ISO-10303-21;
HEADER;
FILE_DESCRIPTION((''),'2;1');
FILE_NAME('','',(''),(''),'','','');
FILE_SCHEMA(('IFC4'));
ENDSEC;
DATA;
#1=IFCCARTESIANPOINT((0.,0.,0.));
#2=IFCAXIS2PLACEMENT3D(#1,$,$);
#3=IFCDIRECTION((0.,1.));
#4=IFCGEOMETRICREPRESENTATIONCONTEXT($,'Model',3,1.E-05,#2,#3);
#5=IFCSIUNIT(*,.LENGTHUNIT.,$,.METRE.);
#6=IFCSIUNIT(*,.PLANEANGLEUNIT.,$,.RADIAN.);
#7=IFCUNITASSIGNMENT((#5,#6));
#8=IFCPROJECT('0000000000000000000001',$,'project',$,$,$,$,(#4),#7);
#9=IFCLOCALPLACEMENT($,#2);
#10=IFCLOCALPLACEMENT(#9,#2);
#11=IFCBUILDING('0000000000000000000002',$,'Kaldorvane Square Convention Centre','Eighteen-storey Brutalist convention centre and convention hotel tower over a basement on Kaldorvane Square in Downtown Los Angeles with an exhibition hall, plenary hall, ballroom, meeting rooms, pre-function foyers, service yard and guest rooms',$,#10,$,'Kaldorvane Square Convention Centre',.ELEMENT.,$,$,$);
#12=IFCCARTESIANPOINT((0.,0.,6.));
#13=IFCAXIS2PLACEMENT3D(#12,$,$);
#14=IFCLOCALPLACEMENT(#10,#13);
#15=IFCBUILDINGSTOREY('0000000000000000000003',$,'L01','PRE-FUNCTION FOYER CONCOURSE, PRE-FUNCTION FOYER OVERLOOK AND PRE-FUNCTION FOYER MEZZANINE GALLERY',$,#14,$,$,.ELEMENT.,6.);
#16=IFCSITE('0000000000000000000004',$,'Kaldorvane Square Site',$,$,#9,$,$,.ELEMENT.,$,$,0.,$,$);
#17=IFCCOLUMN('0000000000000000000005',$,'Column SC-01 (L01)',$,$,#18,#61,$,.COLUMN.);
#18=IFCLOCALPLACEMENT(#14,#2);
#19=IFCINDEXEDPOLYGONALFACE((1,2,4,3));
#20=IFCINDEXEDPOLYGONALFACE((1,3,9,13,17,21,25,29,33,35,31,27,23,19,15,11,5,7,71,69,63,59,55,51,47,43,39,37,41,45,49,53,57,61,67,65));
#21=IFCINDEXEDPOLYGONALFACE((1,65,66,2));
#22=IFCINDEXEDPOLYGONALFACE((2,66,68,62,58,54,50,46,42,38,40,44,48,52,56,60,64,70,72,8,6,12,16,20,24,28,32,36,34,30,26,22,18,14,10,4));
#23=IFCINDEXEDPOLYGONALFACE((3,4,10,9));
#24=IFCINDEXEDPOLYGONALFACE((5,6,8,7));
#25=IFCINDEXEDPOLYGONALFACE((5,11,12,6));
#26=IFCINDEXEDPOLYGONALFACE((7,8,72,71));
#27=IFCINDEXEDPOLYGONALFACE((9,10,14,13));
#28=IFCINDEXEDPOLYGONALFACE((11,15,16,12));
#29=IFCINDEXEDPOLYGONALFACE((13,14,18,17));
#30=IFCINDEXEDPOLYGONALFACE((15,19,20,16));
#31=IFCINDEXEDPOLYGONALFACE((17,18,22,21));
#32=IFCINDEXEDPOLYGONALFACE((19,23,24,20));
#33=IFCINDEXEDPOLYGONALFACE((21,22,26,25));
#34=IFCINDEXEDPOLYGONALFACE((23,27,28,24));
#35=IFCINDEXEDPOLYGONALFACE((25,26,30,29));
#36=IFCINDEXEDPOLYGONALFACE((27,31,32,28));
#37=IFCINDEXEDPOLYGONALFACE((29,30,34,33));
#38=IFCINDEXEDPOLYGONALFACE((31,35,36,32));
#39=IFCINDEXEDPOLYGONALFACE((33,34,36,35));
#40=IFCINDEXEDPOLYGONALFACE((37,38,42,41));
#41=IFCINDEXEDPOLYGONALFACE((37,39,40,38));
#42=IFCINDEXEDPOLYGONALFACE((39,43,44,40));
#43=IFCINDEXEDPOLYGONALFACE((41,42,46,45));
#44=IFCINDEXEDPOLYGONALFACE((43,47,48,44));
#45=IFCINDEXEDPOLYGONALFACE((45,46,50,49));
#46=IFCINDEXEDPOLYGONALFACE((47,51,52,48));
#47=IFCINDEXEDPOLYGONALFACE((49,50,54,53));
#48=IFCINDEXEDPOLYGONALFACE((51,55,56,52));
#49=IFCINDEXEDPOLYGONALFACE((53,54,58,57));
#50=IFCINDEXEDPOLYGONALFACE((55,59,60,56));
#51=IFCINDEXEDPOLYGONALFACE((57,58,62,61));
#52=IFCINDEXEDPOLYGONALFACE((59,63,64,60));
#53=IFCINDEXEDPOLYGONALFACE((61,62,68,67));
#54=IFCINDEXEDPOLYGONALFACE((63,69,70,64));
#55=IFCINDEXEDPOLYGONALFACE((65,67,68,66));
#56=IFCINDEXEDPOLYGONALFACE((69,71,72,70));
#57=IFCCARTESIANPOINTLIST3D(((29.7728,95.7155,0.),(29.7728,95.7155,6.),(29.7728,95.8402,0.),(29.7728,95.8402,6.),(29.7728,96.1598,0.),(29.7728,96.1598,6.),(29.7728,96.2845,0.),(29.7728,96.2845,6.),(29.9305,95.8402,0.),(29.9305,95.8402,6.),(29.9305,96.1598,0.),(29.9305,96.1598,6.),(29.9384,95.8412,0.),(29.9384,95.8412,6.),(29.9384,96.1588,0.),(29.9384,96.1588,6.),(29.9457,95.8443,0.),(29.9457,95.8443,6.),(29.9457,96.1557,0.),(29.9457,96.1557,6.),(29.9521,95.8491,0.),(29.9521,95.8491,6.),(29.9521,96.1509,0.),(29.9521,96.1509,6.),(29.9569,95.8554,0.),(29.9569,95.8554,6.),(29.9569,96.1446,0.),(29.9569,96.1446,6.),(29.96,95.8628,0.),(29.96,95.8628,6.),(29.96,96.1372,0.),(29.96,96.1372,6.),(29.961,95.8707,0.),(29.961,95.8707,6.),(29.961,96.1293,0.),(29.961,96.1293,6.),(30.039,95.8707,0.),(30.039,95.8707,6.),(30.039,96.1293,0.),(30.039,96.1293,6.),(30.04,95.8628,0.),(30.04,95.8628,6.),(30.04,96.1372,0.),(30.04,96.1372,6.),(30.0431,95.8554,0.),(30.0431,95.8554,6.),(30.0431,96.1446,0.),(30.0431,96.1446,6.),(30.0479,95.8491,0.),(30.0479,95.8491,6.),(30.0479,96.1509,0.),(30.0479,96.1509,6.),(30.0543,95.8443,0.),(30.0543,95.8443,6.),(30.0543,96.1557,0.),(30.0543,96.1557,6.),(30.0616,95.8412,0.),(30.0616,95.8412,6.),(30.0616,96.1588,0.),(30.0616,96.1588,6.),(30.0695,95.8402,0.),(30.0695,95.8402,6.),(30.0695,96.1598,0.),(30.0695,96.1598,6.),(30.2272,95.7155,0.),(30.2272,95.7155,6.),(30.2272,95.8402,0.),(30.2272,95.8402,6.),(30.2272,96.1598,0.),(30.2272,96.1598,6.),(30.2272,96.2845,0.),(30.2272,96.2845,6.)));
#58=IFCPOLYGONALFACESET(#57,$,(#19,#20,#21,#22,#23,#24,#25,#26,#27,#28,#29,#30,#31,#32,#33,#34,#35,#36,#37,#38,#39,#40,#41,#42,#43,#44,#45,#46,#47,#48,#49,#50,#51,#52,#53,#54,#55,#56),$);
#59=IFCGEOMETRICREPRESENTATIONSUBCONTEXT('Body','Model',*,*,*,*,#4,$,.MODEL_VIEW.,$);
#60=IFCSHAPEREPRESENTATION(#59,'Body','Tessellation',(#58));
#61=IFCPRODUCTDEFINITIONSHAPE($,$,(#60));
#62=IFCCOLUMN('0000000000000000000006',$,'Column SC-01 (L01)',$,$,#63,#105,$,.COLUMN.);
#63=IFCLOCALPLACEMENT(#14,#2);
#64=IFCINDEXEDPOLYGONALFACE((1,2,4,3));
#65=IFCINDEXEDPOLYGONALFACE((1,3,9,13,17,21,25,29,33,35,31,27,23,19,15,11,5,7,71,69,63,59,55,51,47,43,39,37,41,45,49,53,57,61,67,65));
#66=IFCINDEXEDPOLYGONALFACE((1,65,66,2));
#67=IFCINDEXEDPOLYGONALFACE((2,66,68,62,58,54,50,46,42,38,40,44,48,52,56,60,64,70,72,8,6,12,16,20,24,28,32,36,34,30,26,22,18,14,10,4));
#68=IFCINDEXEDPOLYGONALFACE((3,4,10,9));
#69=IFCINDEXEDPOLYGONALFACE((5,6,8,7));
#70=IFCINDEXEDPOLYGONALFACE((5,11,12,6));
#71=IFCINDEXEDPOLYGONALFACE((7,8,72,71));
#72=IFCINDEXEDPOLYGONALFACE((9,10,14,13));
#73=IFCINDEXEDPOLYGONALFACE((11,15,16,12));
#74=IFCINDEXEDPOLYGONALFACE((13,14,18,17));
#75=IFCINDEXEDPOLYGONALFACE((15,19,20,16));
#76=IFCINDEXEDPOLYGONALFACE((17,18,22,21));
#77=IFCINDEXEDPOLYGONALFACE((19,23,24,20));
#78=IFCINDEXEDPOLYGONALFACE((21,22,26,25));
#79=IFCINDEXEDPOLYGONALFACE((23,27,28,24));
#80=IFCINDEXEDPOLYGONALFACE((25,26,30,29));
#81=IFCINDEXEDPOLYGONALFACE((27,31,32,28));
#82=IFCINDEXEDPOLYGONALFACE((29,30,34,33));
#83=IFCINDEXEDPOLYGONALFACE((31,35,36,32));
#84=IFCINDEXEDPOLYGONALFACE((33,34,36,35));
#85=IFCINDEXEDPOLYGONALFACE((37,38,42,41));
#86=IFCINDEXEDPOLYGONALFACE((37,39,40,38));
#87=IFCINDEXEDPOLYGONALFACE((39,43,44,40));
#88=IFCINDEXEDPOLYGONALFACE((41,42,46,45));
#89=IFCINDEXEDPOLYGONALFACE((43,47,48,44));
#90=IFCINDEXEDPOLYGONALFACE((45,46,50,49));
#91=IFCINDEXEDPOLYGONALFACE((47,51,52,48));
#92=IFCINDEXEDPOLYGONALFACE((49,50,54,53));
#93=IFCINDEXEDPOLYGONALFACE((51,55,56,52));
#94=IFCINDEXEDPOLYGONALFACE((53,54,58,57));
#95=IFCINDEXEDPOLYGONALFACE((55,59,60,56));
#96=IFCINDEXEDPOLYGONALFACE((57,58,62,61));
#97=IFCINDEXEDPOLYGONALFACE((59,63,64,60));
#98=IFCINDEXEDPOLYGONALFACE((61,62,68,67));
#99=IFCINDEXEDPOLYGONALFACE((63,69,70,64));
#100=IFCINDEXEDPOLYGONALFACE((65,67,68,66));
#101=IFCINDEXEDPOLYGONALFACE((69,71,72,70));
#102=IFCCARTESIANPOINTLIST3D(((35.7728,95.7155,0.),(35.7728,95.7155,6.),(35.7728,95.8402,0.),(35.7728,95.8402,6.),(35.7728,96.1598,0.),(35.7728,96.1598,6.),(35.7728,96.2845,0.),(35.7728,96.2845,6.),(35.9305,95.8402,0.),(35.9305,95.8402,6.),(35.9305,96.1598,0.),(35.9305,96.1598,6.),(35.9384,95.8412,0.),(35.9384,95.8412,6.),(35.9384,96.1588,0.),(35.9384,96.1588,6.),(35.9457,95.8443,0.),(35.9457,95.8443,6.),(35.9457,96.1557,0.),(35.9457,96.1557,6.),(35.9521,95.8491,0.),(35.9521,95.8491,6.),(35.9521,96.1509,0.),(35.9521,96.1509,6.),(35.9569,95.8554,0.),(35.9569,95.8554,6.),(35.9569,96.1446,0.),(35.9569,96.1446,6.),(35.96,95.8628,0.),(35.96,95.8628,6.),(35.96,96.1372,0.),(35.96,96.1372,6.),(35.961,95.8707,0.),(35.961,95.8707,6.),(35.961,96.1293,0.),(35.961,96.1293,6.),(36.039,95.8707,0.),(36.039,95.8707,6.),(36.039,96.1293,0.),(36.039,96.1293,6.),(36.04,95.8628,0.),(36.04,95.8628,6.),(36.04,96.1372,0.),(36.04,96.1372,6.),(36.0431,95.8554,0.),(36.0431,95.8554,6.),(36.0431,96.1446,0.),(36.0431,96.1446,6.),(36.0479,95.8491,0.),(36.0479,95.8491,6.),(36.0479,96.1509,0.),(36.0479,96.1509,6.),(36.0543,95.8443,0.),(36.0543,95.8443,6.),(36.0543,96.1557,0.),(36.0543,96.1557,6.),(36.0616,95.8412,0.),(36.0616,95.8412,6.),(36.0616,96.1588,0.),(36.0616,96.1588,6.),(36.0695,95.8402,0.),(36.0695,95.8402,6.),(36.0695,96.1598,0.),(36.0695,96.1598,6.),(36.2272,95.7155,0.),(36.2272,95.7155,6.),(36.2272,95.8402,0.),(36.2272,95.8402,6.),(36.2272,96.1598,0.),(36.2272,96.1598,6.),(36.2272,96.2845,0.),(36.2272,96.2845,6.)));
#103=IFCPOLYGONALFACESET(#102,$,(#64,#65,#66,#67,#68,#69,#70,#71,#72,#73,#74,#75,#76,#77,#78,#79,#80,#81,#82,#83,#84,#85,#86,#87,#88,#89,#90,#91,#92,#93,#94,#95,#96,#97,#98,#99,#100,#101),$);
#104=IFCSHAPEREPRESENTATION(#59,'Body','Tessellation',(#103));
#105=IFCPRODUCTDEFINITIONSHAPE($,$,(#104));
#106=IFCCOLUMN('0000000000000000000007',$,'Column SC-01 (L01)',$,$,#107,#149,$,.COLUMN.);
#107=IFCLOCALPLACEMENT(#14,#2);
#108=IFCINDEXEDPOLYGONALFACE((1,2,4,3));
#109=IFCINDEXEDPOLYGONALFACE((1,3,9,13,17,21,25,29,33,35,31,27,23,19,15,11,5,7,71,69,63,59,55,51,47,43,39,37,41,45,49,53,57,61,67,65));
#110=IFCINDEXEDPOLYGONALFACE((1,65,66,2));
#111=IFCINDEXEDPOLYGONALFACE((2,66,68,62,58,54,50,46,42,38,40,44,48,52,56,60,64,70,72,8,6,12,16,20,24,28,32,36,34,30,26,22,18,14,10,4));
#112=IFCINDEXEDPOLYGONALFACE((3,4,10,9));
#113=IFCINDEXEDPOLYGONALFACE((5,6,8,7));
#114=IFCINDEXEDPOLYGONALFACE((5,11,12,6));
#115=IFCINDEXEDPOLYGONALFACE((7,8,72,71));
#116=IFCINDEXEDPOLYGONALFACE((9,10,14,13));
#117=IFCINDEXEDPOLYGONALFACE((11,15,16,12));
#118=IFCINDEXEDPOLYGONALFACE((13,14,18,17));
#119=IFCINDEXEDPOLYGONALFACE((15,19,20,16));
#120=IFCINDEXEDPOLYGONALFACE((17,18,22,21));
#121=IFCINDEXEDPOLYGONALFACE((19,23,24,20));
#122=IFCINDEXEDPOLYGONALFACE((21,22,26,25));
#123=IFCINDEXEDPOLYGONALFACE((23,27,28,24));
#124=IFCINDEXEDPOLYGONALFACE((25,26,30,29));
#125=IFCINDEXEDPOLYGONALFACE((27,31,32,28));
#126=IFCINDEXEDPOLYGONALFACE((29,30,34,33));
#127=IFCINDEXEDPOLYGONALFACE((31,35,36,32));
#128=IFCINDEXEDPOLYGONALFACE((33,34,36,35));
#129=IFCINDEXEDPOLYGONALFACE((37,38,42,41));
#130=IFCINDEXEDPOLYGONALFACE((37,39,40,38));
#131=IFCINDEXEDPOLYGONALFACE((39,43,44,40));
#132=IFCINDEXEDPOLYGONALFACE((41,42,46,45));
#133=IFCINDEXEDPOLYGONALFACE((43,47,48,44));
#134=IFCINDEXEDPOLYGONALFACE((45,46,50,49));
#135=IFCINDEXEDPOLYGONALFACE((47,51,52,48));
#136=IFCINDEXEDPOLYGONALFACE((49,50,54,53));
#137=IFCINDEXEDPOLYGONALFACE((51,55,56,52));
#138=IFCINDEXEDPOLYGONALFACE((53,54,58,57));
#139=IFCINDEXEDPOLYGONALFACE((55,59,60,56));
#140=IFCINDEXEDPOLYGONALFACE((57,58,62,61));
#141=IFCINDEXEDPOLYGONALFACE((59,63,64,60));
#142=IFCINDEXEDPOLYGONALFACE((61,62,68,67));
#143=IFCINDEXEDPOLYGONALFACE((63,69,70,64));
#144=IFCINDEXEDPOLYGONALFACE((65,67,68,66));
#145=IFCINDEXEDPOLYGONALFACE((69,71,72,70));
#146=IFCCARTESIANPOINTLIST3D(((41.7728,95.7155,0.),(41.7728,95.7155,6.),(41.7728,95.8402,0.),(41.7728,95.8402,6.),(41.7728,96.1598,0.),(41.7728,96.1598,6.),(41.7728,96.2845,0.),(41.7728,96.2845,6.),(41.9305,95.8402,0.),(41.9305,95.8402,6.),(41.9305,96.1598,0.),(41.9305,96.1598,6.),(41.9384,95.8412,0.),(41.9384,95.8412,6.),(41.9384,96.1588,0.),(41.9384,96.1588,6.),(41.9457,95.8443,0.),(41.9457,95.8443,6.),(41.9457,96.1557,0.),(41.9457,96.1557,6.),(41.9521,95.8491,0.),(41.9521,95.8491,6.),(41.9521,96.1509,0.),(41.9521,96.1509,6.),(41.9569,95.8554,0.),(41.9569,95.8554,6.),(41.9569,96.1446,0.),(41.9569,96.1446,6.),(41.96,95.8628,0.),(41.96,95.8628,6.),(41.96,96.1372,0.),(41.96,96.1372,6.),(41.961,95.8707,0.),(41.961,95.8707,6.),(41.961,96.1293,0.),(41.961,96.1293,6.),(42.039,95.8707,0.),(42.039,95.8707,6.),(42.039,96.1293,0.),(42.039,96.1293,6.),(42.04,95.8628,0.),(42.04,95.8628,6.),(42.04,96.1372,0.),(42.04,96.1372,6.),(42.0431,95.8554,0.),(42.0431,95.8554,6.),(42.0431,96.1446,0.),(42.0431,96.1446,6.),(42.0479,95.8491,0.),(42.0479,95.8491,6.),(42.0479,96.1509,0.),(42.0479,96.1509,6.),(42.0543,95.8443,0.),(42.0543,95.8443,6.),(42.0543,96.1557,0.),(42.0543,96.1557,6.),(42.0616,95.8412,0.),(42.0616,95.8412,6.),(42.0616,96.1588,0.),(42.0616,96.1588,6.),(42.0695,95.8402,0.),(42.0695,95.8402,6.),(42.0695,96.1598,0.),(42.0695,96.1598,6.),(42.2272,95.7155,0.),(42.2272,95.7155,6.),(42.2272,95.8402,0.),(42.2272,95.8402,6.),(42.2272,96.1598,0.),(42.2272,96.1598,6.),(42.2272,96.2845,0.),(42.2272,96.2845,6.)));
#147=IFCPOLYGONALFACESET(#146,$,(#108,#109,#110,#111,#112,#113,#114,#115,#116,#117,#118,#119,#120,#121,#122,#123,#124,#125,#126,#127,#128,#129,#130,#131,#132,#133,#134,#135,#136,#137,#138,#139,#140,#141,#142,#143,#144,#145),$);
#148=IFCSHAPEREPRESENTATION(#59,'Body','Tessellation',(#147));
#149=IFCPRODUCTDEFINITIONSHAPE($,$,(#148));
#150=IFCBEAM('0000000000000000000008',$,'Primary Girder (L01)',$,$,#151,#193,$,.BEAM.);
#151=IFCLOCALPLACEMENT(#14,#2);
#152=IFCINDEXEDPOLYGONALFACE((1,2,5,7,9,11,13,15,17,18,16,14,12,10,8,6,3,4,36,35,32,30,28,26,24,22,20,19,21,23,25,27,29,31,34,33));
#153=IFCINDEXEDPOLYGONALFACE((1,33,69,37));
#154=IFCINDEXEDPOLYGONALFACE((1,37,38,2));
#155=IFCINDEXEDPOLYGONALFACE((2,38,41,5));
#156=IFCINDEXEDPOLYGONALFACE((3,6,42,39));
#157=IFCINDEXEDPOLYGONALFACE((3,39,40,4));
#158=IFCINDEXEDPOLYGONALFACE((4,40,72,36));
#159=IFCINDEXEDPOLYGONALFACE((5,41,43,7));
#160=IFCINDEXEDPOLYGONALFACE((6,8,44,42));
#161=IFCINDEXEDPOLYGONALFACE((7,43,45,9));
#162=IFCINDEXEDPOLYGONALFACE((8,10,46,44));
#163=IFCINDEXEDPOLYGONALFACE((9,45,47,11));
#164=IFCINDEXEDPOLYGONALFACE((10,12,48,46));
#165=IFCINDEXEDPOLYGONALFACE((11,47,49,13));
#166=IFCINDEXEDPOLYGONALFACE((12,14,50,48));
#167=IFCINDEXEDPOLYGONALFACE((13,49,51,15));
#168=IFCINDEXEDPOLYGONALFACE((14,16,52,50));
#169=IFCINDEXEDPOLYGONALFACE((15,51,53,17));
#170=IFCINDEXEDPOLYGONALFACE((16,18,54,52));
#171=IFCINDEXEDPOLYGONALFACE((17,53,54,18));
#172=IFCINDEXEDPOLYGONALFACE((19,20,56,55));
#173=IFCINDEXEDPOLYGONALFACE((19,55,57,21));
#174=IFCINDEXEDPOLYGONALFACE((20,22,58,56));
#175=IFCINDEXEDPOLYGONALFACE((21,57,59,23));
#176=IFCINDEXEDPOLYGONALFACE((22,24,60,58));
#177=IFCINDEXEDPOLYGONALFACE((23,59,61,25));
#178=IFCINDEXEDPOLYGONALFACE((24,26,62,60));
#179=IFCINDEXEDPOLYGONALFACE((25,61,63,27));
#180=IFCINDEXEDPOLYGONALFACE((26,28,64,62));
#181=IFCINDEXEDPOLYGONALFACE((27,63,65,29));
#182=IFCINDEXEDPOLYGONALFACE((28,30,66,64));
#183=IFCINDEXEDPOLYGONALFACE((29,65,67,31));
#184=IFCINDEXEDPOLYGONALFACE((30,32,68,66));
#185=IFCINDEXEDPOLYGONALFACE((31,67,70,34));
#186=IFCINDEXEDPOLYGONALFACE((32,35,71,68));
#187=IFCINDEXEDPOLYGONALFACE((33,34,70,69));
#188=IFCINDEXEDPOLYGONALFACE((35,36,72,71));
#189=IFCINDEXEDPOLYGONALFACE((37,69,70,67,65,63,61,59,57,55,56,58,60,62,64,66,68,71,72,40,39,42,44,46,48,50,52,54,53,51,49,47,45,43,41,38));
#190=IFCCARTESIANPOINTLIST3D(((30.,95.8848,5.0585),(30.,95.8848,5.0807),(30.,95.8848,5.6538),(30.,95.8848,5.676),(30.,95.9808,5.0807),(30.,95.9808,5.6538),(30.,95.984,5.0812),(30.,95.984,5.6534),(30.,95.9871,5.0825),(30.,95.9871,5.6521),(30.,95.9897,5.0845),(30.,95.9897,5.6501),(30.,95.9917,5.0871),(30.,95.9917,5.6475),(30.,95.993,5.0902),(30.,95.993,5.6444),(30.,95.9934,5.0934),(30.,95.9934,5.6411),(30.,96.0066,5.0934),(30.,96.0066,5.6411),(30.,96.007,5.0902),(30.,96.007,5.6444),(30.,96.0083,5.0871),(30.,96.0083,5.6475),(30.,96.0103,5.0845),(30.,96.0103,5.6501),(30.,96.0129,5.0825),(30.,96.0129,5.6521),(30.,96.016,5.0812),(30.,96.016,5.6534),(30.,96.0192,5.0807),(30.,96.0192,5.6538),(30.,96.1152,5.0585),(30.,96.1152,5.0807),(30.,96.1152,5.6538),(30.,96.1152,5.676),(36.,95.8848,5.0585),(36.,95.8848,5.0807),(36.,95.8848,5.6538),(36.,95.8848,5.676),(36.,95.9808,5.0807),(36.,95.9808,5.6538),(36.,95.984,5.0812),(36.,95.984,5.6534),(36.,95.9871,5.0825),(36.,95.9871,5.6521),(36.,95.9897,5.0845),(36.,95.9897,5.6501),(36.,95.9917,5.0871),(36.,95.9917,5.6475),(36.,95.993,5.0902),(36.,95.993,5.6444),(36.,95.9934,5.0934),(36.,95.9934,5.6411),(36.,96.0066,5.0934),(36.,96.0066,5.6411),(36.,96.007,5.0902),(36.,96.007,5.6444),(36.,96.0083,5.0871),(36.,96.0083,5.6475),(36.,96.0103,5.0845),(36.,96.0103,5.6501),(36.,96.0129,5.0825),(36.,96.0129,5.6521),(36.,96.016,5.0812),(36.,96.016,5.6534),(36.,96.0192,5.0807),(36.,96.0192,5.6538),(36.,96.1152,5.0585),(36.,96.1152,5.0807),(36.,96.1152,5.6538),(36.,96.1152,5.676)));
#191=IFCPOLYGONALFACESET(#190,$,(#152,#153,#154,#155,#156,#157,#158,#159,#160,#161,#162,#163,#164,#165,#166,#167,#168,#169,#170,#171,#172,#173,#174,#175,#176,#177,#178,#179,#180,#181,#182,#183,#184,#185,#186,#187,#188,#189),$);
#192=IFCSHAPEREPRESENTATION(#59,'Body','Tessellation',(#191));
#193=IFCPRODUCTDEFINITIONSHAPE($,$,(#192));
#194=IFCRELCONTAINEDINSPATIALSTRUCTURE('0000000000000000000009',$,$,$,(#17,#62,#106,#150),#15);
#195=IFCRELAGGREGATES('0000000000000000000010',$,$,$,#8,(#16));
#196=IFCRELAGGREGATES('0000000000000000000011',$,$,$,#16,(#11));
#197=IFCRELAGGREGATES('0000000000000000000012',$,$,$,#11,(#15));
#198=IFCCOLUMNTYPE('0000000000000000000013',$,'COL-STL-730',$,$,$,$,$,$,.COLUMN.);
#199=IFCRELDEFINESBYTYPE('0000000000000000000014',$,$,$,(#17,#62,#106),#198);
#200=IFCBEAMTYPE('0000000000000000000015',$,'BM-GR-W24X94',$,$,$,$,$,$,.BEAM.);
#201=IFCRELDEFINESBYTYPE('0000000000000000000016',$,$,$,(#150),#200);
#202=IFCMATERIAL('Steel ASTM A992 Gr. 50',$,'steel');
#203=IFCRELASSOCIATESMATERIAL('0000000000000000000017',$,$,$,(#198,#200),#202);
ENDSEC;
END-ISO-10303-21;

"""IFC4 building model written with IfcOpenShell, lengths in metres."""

from ifc_helpers import new_model, si_unit, direction, frame, origin, origin_2d, place, context, subcontext, project, spatial, i_section, extrude, material, material_profile, profile_set, type_object, element, save


model = new_model("IFC4")

# Units and contexts
model_context = context("Model", 3, precision=1e-05, world=origin(), true_north=direction((0.0, 1.0)))
body_context = subcontext(model_context, "Body", "Model", "MODEL_VIEW")
ifc_project = project(units=[si_unit("LENGTHUNIT", "METRE"), si_unit("PLANEANGLEUNIT", "RADIAN")], contexts=[model_context])

# Site, building, storey
site_placement = place(None, origin())
site = spatial("IfcSite", under=ifc_project, at=site_placement, Name="Kaldorvane Square Site", CompositionType="ELEMENT", RefElevation=0.0)
building_placement = place(site_placement, origin())
building = spatial("IfcBuilding", under=site, at=building_placement, Name="Kaldorvane Square Convention Centre", Description="Eighteen-storey Brutalist convention centre and convention hotel tower over a basement on Kaldorvane Square in Downtown Los Angeles with an exhibition hall, plenary hall, ballroom, meeting rooms, pre-function foyers, service yard and guest rooms", LongName="Kaldorvane Square Convention Centre", CompositionType="ELEMENT")
storey_placement = place(building_placement, frame((0.0, 0.0, 6.0)))
storey = spatial("IfcBuildingStorey", under=building, at=storey_placement, Name="L01", Description="PRE-FUNCTION FOYER CONCOURSE, PRE-FUNCTION FOYER OVERLOOK AND PRE-FUNCTION FOYER MEZZANINE GALLERY", CompositionType="ELEMENT", Elevation=6.0)

# Columns
ifc_material_1 = material(Name="Steel ASTM A992 Gr. 50", Category="steel")
ifc_material_profile_1 = material_profile(ifc_material_1, i_section(OverallWidth=0.4544, OverallDepth=0.569, WebThickness=0.078, FlangeThickness=0.1247, FilletRadius=0.0305, at=origin_2d()), Name="W14X730")
ifc_profile_set_1 = profile_set([ifc_material_profile_1], Name="Steel ASTM A992 Gr. 50")
column_type = type_object("IfcColumnType", Name="COL-STL-730", PredefinedType="COLUMN", material=ifc_profile_set_1)
for number, where, z_axis, x_axis, name in (
    (1, (30.0, 96.0, 0.0), (0.0, 0.0, 1.0), (1.0, 0.0, 0.0), "Column SC-01 (L01)"),
    (2, (36.0, 96.0, 0.0), (0.0, 0.0, 1.0), (1.0, 0.0, 0.0), "Column SC-01 (L01)"),
    (3, (42.0, 96.0, 0.0), (0.0, 0.0, 1.0), (1.0, 0.0, 0.0), "Column SC-01 (L01)"),
):
    element("IfcColumn", number, at=place(storey_placement, frame(where, z_axis=z_axis, x_axis=x_axis)), inside=storey, type_object=column_type, Name=name, PredefinedType="COLUMN", context=body_context, shape_type="SweptSolid", body=[
        extrude(i_section(OverallWidth=0.4544, OverallDepth=0.569, WebThickness=0.078, FlangeThickness=0.1247, FilletRadius=0.0305, at=origin_2d()), origin(), (0.0, 0.0, 1.0), 6.0),
    ])

# Beam
ifc_material_profile_2 = material_profile(ifc_material_1, i_section(OverallWidth=0.2303, OverallDepth=0.6175, WebThickness=0.0131, FlangeThickness=0.0222, FilletRadius=0.0127, at=origin_2d()), Name="W24X94")
ifc_profile_set_2 = profile_set([ifc_material_profile_2], Name="Steel ASTM A992 Gr. 50")
beam_type_1 = type_object("IfcBeamType", Name="BM-GR-W24X94", PredefinedType="BEAM", material=ifc_profile_set_2)
for number, where, z_axis, x_axis, name in (
    (4, (30.0, 96.0, 5.3673), (1.0, 0.0, 0.0), (0.0, 1.0, 0.0), "Primary Girder (L01)"),
):
    element("IfcBeam", number, at=place(storey_placement, frame(where, z_axis=z_axis, x_axis=x_axis)), inside=storey, type_object=beam_type_1, Name=name, PredefinedType="BEAM", context=body_context, shape_type="SweptSolid", body=[
        extrude(i_section(OverallWidth=0.2303, OverallDepth=0.6175, WebThickness=0.0131, FlangeThickness=0.0222, FilletRadius=0.0127, at=origin_2d()), origin(), (0.0, 0.0, 1.0), 6.0),
    ])

save(model, "model.ifc")
